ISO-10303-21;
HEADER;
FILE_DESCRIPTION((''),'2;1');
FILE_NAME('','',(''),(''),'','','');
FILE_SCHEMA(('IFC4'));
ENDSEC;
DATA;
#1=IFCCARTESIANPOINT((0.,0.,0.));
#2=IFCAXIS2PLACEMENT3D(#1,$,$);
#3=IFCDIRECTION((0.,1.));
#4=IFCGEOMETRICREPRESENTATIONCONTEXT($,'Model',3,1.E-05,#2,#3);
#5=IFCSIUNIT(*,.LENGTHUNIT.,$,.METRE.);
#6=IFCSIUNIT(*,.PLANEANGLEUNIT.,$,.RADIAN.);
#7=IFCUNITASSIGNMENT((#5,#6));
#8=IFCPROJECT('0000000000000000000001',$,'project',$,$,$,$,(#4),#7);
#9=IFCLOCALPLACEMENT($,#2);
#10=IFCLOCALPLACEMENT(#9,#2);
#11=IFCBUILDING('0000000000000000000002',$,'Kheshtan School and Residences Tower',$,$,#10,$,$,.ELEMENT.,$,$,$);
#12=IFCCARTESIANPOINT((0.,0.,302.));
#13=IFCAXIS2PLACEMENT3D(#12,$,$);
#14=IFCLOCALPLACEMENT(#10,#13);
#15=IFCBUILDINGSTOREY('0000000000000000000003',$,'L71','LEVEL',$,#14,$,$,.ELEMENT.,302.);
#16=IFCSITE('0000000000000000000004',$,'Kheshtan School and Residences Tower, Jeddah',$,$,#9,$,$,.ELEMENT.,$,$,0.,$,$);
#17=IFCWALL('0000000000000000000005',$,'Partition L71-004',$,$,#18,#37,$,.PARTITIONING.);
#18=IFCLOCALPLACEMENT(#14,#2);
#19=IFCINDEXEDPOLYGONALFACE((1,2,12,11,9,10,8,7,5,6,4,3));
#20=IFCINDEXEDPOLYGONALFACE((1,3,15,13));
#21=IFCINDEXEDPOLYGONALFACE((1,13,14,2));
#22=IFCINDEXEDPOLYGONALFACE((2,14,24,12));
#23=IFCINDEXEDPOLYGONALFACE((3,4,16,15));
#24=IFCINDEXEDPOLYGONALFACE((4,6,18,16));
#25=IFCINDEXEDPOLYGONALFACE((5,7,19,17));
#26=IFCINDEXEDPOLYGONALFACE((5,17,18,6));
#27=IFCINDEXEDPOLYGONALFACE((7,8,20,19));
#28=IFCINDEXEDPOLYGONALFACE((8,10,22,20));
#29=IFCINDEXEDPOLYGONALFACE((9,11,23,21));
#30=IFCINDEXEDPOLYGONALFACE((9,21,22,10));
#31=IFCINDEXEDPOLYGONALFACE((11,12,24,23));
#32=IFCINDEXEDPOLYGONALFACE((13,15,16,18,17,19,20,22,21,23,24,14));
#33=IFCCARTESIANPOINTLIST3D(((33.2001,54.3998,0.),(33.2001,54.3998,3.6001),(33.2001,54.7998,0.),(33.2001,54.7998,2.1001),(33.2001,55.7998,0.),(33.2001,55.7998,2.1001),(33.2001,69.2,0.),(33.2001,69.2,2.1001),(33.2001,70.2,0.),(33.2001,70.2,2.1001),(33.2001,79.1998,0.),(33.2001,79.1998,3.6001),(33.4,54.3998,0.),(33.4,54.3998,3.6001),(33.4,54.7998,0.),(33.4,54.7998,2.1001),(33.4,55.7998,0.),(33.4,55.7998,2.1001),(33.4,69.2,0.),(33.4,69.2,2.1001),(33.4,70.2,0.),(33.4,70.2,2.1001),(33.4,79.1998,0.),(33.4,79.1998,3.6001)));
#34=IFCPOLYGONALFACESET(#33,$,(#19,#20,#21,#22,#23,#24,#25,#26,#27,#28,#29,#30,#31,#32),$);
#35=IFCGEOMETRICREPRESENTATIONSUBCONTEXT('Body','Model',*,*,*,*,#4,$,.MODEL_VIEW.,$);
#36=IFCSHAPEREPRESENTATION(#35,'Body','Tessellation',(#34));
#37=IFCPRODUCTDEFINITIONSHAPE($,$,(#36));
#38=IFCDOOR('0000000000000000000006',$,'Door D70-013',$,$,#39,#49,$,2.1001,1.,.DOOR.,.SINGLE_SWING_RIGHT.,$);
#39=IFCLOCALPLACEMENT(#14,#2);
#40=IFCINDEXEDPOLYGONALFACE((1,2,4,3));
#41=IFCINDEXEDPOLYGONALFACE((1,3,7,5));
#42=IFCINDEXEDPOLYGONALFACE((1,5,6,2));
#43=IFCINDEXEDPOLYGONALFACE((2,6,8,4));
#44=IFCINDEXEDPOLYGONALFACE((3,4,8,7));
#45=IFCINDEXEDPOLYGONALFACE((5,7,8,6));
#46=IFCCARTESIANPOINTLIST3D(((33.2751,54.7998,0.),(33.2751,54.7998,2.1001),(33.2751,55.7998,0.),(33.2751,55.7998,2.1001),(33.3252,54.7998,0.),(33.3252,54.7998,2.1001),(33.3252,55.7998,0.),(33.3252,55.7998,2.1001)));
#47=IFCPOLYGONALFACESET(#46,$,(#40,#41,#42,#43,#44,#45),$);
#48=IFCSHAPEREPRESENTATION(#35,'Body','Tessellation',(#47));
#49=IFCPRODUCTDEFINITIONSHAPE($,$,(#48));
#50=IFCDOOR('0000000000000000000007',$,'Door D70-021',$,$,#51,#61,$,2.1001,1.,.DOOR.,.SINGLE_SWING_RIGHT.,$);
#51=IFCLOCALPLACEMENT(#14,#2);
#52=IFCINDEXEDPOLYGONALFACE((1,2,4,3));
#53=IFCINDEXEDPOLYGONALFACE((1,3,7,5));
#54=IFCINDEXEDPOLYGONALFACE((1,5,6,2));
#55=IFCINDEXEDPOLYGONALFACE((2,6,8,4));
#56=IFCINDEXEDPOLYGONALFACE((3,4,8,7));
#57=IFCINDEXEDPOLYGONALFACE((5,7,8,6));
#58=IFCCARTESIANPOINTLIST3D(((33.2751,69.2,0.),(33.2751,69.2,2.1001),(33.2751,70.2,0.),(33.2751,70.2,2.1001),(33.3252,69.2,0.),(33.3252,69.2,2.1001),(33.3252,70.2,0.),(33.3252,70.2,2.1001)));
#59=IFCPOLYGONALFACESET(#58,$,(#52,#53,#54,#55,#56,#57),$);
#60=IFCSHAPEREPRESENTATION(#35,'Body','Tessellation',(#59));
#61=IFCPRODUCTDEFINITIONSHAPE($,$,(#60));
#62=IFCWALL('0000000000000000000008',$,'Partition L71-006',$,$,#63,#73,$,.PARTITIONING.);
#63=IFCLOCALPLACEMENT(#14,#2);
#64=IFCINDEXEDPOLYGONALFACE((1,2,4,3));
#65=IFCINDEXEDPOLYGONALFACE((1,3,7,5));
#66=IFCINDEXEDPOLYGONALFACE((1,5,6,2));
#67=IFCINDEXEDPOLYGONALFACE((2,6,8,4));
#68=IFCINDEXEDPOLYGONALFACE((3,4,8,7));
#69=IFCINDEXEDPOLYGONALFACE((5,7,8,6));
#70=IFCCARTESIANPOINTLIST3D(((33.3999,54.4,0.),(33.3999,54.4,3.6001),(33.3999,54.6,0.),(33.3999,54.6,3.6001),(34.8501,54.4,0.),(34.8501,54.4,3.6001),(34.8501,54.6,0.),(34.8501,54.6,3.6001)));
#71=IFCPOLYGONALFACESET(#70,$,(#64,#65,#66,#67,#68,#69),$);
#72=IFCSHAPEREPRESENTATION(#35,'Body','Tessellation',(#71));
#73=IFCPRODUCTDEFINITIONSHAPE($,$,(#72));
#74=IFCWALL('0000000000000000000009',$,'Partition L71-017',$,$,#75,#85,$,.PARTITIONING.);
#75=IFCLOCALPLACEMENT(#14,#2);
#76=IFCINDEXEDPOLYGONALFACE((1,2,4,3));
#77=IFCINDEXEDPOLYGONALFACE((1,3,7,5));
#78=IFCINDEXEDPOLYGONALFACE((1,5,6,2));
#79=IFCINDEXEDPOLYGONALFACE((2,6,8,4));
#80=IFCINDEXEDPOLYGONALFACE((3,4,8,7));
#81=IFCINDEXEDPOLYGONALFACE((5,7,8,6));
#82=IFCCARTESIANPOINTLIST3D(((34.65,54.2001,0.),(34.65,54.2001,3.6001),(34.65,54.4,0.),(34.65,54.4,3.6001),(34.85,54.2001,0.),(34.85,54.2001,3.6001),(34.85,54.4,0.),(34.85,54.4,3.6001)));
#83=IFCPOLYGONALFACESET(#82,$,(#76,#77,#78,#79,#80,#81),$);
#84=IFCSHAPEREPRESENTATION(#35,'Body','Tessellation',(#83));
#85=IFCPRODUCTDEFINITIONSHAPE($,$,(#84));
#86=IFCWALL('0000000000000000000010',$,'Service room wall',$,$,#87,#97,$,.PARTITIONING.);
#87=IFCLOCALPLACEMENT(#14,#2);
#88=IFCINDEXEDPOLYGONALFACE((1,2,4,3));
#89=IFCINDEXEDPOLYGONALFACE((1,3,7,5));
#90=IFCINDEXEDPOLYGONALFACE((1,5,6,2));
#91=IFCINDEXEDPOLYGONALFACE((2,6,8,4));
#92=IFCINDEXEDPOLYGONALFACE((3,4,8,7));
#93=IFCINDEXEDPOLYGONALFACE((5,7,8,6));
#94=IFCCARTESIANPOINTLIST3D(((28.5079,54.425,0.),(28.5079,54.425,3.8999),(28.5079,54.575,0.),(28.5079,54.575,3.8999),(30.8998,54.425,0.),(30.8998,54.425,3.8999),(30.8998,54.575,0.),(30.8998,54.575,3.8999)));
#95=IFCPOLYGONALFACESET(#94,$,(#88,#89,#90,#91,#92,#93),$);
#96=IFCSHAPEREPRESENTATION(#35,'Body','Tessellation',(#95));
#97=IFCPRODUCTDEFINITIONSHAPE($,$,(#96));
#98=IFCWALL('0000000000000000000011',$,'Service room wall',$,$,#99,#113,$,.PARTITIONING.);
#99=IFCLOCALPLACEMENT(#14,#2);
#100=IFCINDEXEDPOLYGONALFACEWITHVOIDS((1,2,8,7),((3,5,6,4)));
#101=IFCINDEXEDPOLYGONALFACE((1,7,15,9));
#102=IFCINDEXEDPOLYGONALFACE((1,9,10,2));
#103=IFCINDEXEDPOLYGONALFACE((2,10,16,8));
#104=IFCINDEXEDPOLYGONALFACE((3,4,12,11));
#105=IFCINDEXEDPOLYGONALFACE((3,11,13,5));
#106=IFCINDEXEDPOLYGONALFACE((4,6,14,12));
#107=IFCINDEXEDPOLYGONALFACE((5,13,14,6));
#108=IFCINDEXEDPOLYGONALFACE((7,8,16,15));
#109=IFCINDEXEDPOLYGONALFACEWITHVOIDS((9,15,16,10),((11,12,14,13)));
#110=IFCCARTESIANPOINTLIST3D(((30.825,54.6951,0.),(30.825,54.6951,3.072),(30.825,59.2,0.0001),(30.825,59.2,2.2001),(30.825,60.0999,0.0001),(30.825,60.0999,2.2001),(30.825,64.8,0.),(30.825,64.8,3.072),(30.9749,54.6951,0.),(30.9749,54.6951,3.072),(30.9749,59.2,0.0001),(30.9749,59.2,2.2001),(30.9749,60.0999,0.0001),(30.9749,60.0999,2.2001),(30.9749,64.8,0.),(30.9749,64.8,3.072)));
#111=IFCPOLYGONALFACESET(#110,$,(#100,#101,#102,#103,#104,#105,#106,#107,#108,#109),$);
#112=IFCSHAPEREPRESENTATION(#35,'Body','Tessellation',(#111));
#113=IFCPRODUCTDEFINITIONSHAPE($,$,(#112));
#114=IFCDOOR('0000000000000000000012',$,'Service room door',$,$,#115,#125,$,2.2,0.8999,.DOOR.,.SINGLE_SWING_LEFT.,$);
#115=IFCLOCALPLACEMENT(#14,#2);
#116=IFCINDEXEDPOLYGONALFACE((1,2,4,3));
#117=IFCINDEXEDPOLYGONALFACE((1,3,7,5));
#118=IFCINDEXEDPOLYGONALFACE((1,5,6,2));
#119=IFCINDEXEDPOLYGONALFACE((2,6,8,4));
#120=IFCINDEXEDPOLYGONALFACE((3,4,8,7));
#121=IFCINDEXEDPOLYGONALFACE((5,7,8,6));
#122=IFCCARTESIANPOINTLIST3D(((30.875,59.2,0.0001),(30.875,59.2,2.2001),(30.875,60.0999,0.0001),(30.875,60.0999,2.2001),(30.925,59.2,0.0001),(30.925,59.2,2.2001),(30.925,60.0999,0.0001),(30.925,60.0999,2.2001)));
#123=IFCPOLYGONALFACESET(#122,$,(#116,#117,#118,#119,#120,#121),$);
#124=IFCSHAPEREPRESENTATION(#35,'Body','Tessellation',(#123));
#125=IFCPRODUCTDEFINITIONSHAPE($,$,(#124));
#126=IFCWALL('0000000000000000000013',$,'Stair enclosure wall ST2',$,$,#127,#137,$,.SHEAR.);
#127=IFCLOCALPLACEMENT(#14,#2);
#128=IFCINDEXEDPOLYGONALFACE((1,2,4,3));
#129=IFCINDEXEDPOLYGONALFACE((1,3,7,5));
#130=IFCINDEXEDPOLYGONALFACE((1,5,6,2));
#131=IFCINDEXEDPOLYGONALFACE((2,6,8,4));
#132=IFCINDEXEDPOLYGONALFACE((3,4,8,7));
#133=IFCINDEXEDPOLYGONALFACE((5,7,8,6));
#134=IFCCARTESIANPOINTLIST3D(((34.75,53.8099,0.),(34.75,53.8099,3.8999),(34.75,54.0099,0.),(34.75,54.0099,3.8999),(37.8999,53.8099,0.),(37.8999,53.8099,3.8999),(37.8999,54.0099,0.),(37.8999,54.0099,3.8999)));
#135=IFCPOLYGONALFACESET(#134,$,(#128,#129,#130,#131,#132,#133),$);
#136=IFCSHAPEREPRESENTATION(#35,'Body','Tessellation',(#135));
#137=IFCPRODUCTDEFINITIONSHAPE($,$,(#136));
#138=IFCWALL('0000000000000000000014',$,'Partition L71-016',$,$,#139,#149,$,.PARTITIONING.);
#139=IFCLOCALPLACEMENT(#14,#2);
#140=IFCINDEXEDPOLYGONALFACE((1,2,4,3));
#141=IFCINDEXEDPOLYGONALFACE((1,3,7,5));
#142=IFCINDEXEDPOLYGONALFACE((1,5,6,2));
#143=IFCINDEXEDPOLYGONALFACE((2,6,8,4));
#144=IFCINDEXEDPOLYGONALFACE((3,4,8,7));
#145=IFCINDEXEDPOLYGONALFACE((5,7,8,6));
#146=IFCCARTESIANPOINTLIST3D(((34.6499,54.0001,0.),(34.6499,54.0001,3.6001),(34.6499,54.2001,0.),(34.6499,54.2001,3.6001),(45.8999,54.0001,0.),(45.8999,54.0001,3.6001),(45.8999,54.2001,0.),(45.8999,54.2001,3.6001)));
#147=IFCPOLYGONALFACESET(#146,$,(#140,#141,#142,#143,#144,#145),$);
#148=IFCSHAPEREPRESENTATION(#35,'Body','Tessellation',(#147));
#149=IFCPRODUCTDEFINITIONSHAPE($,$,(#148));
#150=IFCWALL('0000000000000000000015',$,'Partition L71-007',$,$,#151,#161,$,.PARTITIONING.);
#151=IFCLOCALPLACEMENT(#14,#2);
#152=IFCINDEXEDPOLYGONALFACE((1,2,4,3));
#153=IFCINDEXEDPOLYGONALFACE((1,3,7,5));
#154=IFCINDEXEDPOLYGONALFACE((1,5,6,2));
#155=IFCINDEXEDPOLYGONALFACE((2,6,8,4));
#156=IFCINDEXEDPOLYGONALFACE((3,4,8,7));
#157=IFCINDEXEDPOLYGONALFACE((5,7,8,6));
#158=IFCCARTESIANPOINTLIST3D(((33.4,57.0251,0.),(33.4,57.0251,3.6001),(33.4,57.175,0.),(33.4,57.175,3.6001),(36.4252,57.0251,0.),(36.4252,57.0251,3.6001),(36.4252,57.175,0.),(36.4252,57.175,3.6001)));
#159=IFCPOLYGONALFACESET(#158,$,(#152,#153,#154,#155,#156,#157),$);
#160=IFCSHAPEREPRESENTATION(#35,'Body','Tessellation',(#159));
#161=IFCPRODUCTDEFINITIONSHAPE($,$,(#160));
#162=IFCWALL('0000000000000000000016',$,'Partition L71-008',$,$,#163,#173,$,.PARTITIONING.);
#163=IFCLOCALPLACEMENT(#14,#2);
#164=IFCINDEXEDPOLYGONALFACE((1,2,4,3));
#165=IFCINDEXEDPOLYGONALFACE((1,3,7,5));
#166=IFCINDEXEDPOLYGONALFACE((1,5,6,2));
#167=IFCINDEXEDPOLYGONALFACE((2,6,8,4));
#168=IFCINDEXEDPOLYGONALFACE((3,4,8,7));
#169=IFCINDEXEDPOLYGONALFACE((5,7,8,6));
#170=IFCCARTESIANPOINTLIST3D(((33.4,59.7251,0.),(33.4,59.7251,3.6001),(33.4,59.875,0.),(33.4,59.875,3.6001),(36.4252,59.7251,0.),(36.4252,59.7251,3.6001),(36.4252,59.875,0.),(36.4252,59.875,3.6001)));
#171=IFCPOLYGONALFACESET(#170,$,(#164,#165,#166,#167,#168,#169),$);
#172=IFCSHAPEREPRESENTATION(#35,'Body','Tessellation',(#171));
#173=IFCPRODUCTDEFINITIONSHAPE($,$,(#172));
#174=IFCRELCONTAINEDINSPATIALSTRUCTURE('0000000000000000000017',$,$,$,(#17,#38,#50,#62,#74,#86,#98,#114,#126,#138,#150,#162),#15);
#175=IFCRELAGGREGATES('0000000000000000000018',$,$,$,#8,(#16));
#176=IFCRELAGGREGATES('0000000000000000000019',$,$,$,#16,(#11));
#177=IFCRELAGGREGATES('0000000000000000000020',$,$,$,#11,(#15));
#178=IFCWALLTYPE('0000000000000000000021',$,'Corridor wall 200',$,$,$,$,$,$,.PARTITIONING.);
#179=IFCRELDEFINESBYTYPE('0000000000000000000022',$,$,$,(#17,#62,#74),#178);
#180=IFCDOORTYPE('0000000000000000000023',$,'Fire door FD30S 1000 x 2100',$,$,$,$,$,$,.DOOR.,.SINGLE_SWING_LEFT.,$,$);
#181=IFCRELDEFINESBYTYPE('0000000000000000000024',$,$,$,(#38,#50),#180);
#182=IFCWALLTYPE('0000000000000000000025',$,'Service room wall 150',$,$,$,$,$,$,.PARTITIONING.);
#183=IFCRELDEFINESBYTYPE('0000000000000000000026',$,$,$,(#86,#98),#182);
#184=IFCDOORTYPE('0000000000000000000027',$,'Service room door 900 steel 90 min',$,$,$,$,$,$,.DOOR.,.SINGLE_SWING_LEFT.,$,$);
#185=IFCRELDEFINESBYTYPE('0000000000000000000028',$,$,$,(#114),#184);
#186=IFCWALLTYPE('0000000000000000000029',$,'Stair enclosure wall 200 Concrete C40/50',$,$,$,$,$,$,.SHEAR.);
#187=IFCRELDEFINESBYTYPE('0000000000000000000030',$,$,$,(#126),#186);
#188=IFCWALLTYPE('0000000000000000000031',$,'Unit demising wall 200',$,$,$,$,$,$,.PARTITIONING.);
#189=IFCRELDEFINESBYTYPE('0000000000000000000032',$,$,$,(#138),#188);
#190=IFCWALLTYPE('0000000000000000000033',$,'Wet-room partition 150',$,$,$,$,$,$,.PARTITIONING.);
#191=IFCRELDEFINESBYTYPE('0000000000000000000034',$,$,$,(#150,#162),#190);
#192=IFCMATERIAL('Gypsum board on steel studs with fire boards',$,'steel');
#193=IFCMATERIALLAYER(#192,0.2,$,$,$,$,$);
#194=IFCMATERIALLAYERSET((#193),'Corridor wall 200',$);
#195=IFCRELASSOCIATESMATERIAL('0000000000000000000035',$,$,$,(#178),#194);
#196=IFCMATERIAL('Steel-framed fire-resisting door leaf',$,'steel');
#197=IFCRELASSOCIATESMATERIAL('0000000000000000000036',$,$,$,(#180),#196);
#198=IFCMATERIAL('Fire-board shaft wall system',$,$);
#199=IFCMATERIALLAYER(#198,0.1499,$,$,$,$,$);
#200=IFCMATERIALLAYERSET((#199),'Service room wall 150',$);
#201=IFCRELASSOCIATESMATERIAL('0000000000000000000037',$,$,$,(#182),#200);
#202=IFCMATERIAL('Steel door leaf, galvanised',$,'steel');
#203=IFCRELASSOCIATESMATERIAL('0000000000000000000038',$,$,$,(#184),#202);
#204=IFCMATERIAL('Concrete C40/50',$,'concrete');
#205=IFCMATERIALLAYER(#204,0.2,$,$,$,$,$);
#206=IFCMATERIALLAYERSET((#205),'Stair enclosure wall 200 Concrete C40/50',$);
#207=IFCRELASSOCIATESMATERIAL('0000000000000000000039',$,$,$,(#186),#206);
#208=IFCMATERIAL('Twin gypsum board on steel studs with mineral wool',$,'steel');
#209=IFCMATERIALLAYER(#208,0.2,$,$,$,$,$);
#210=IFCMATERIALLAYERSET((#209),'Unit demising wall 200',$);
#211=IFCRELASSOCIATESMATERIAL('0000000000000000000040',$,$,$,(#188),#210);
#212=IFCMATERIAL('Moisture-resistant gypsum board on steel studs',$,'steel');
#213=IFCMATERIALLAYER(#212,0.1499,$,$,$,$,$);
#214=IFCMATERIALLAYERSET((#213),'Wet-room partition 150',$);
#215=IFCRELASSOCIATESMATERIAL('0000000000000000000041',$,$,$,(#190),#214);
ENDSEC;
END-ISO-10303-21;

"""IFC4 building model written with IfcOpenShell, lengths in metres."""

from ifc_helpers import new_model, si_unit, direction, frame, frame_2d, origin, place, context, subcontext, project, spatial, rectangle, extrude, source, transform, mapped, material, layer, layer_set, type_object, element, fill, save


model = new_model("IFC4")

# Units and contexts
model_context = context("Model", 3, precision=1e-05, world=origin(), true_north=direction((0.0, 1.0)))
body_context = subcontext(model_context, "Body", "Model", "MODEL_VIEW")
ifc_project = project(units=[si_unit("LENGTHUNIT", "METRE"), si_unit("PLANEANGLEUNIT", "RADIAN")], contexts=[model_context])

# Site, building, storey
site_placement = place(None, origin())
site = spatial("IfcSite", under=ifc_project, at=site_placement, Name="Kheshtan School and Residences Tower, Jeddah", CompositionType="ELEMENT", RefElevation=0.0)
building_placement = place(site_placement, origin())
building = spatial("IfcBuilding", under=site, at=building_placement, Name="Kheshtan School and Residences Tower", CompositionType="ELEMENT")
storey_placement = place(building_placement, frame((0.0, 0.0, 302.0)))
storey = spatial("IfcBuildingStorey", under=building, at=storey_placement, Name="L71", Description="LEVEL", CompositionType="ELEMENT", Elevation=302.0)

# Wall, openings, doors
ifc_material_1 = material(Name="Gypsum board on steel studs with fire boards", Category="steel")
ifc_layer_1 = layer(ifc_material_1, 0.2)
ifc_layer_set_1 = layer_set([ifc_layer_1], Name="Corridor wall 200")
wall_type_1 = type_object("IfcWallType", Name="Corridor wall 200", PredefinedType="PARTITIONING", material=ifc_layer_set_1)
wall_1_placement = place(storey_placement, frame((33.3, 54.3999, 0.0), z_axis=(0.0, 0.0, 1.0), x_axis=(0.0, 1.0, 0.0)))
wall_1 = element("IfcWall", 1, at=wall_1_placement, inside=storey, type_object=wall_type_1, Name="Partition L71-004", PredefinedType="PARTITIONING", context=body_context, shape_type="SweptSolid", body=[
    extrude(rectangle(XDim=24.8, YDim=0.2, at=frame_2d((12.3999, 0.0))), origin(), (0.0, 0.0, 1.0), 3.6001),
])
opening_1_placement = place(wall_1_placement, frame((0.3999, 0.0, 0.0)))
opening_1 = element("IfcOpeningElement", 2, at=opening_1_placement, cuts=wall_1, PredefinedType="OPENING", context=body_context, shape_type="SweptSolid", body=[
    extrude(rectangle(XDim=1.0, YDim=2.1001, at=frame_2d((0.5, 1.05))), frame((0.0, 0.1099, 0.0), z_axis=(0.0, -1.0, 0.0), x_axis=(1.0, 0.0, 0.0)), (0.0, 0.0, 1.0), 0.22),
])
opening_2_placement = place(wall_1_placement, frame((14.8, 0.0, 0.0)))
opening_2 = element("IfcOpeningElement", 3, at=opening_2_placement, cuts=wall_1, PredefinedType="OPENING", context=body_context, shape_type="SweptSolid", body=[
    extrude(rectangle(XDim=1.0, YDim=2.1001, at=frame_2d((0.5, 1.05))), frame((0.0, 0.1099, 0.0), z_axis=(0.0, -1.0, 0.0), x_axis=(1.0, 0.0, 0.0)), (0.0, 0.0, 1.0), 0.22),
])
ifc_material_2 = material(Name="Steel-framed fire-resisting door leaf", Category="steel")
door_type_1 = type_object("IfcDoorType", Name="Fire door FD30S 1000 x 2100", OperationType="SINGLE_SWING_LEFT", PredefinedType="DOOR", material=ifc_material_2)
shared_shape_1 = source(origin(), body_context, "Body", "SweptSolid", [
    extrude(rectangle(XDim=1.0, YDim=2.1001, at=frame_2d((0.5, 1.05))), frame((0.0, 0.0249, 0.0), z_axis=(0.0, -1.0, 0.0), x_axis=(1.0, 0.0, 0.0)), (0.0, 0.0, 1.0), 0.05),
])
door_1_placement = place(opening_1_placement, origin())
door_1 = element("IfcDoor", 4, at=door_1_placement, inside=storey, type_object=door_type_1, Name="Door D70-013", OperationType="SINGLE_SWING_RIGHT", OverallHeight=2.1001, OverallWidth=1.0, PredefinedType="DOOR", context=body_context, shape_type="MappedRepresentation", body=[
    mapped(shared_shape_1, transform((0.0, 0.0, 0.0), x_axis=(1.0, 0.0, 0.0), y_axis=(0.0, 1.0, 0.0), z_axis=(0.0, 0.0, 1.0), scale=1.0)),
])
fill(opening_1, door_1)
door_2_placement = place(opening_2_placement, origin())
door_2 = element("IfcDoor", 5, at=door_2_placement, inside=storey, type_object=door_type_1, Name="Door D70-021", OperationType="SINGLE_SWING_RIGHT", OverallHeight=2.1001, OverallWidth=1.0, PredefinedType="DOOR", context=body_context, shape_type="MappedRepresentation", body=[
    mapped(shared_shape_1, transform((0.0, 0.0, 0.0), x_axis=(1.0, 0.0, 0.0), y_axis=(0.0, 1.0, 0.0), z_axis=(0.0, 0.0, 1.0), scale=1.0)),
])
fill(opening_2, door_2)

# Walls
wall_2_placement = place(storey_placement, frame((33.3999, 54.5, 0.0), z_axis=(0.0, 0.0, 1.0), x_axis=(1.0, 0.0, 0.0)))
element("IfcWall", 6, at=wall_2_placement, inside=storey, type_object=wall_type_1, Name="Partition L71-006", PredefinedType="PARTITIONING", context=body_context, shape_type="SweptSolid", body=[
    extrude(rectangle(XDim=1.4502, YDim=0.2, at=frame_2d((0.7251, 0.0))), origin(), (0.0, 0.0, 1.0), 3.6001),
])
wall_3_placement = place(storey_placement, frame((34.75, 54.2, 0.0), z_axis=(0.0, 0.0, 1.0), x_axis=(0.0, 1.0, 0.0)))
element("IfcWall", 7, at=wall_3_placement, inside=storey, type_object=wall_type_1, Name="Partition L71-017", PredefinedType="PARTITIONING", context=body_context, shape_type="SweptSolid", body=[
    extrude(rectangle(XDim=0.2, YDim=0.2, at=frame_2d((0.1001, 0.0))), origin(), (0.0, 0.0, 1.0), 3.6001),
])
ifc_material_3 = material(Name="Fire-board shaft wall system")
ifc_layer_2 = layer(ifc_material_3, 0.1499)
ifc_layer_set_2 = layer_set([ifc_layer_2], Name="Service room wall 150")
wall_type_2 = type_object("IfcWallType", Name="Service room wall 150", PredefinedType="PARTITIONING", material=ifc_layer_set_2)
wall_4_placement = place(storey_placement, frame((28.5081, 54.5, 0.0), z_axis=(0.0, 0.0, 1.0), x_axis=(1.0, 0.0, 0.0)))
element("IfcWall", 8, at=wall_4_placement, inside=storey, type_object=wall_type_2, Name="Service room wall", PredefinedType="PARTITIONING", context=body_context, shape_type="SweptSolid", body=[
    extrude(rectangle(XDim=2.3918, YDim=0.1499, at=frame_2d((1.1958, 0.0))), origin(), (0.0, 0.0, 1.0), 3.8999),
])

# Wall, opening, door
wall_5_placement = place(storey_placement, frame((30.8999, 54.6951, 0.0), z_axis=(0.0, 0.0, 1.0), x_axis=(0.0, 1.0, 0.0)))
wall_5 = element("IfcWall", 9, at=wall_5_placement, inside=storey, type_object=wall_type_2, Name="Service room wall", PredefinedType="PARTITIONING", context=body_context, shape_type="SweptSolid", body=[
    extrude(rectangle(XDim=10.105, YDim=0.1499, at=frame_2d((5.0525, 0.0))), origin(), (0.0, 0.0, 1.0), 3.072),
])
opening_3_placement = place(wall_5_placement, frame((4.5049, 0.0, 0.0)))
opening_3 = element("IfcOpeningElement", 10, at=opening_3_placement, cuts=wall_5, PredefinedType="OPENING", context=body_context, shape_type="SweptSolid", body=[
    extrude(rectangle(XDim=0.8999, YDim=2.2, at=frame_2d((0.45, 1.1001))), frame((0.0, 0.085, 0.0), z_axis=(0.0, -1.0, 0.0), x_axis=(1.0, 0.0, 0.0)), (0.0, 0.0, 1.0), 0.1699),
])
ifc_material_4 = material(Name="Steel door leaf, galvanised", Category="steel")
door_type_2 = type_object("IfcDoorType", Name="Service room door 900 steel 90 min", OperationType="SINGLE_SWING_LEFT", PredefinedType="DOOR", material=ifc_material_4)
shared_shape_2 = source(origin(), body_context, "Body", "SweptSolid", [
    extrude(rectangle(XDim=0.8999, YDim=2.2, at=frame_2d((0.45, 1.1001))), frame((0.0, 0.0249, 0.0), z_axis=(0.0, -1.0, 0.0), x_axis=(1.0, 0.0, 0.0)), (0.0, 0.0, 1.0), 0.05),
])
door_3_placement = place(opening_3_placement, origin())
door_3 = element("IfcDoor", 11, at=door_3_placement, inside=storey, type_object=door_type_2, Name="Service room door", OperationType="SINGLE_SWING_LEFT", OverallHeight=2.2, OverallWidth=0.8999, PredefinedType="DOOR", context=body_context, shape_type="MappedRepresentation", body=[
    mapped(shared_shape_2, transform((0.0, 0.0, 0.0), x_axis=(1.0, 0.0, 0.0), y_axis=(0.0, 1.0, 0.0), z_axis=(0.0, 0.0, 1.0), scale=1.0)),
])
fill(opening_3, door_3)

# Walls
ifc_material_5 = material(Name="Concrete C40/50", Category="concrete")
ifc_layer_3 = layer(ifc_material_5, 0.2)
ifc_layer_set_3 = layer_set([ifc_layer_3], Name="Stair enclosure wall 200 Concrete C40/50")
wall_type_3 = type_object("IfcWallType", Name="Stair enclosure wall 200 Concrete C40/50", PredefinedType="SHEAR", material=ifc_layer_set_3)
wall_6_placement = place(storey_placement, frame((34.75, 53.9099, 0.0), z_axis=(0.0, 0.0, 1.0), x_axis=(1.0, 0.0, 0.0)))
element("IfcWall", 12, at=wall_6_placement, inside=storey, type_object=wall_type_3, Name="Stair enclosure wall ST2", PredefinedType="SHEAR", context=body_context, shape_type="SweptSolid", body=[
    extrude(rectangle(XDim=3.1499, YDim=0.2, at=frame_2d((1.575, 0.0))), origin(), (0.0, 0.0, 1.0), 3.8999),
])
ifc_material_6 = material(Name="Twin gypsum board on steel studs with mineral wool", Category="steel")
ifc_layer_4 = layer(ifc_material_6, 0.2)
ifc_layer_set_4 = layer_set([ifc_layer_4], Name="Unit demising wall 200")
wall_type_4 = type_object("IfcWallType", Name="Unit demising wall 200", PredefinedType="PARTITIONING", material=ifc_layer_set_4)
wall_7_placement = place(storey_placement, frame((34.6499, 54.1001, 0.0), z_axis=(0.0, 0.0, 1.0), x_axis=(1.0, 0.0, 0.0)))
element("IfcWall", 13, at=wall_7_placement, inside=storey, type_object=wall_type_4, Name="Partition L71-016", PredefinedType="PARTITIONING", context=body_context, shape_type="SweptSolid", body=[
    extrude(rectangle(XDim=11.25, YDim=0.2, at=frame_2d((5.625, 0.0))), origin(), (0.0, 0.0, 1.0), 3.6001),
])
ifc_material_7 = material(Name="Moisture-resistant gypsum board on steel studs", Category="steel")
ifc_layer_5 = layer(ifc_material_7, 0.1499)
ifc_layer_set_5 = layer_set([ifc_layer_5], Name="Wet-room partition 150")
wall_type_5 = type_object("IfcWallType", Name="Wet-room partition 150", PredefinedType="PARTITIONING", material=ifc_layer_set_5)
for number, where, z_axis, x_axis, name in (
    (14, (33.3999, 57.1001, 0.0), (0.0, 0.0, 1.0), (1.0, 0.0, 0.0), "Partition L71-007"),
    (15, (33.3999, 59.8, 0.0), (0.0, 0.0, 1.0), (1.0, 0.0, 0.0), "Partition L71-008"),
):
    element("IfcWall", number, at=place(storey_placement, frame(where, z_axis=z_axis, x_axis=x_axis)), inside=storey, type_object=wall_type_5, Name=name, PredefinedType="PARTITIONING", context=body_context, shape_type="SweptSolid", body=[
        extrude(rectangle(XDim=3.0251, YDim=0.1499, at=frame_2d((1.5127, 0.0))), origin(), (0.0, 0.0, 1.0), 3.6001),
    ])

save(model, "model.ifc")
